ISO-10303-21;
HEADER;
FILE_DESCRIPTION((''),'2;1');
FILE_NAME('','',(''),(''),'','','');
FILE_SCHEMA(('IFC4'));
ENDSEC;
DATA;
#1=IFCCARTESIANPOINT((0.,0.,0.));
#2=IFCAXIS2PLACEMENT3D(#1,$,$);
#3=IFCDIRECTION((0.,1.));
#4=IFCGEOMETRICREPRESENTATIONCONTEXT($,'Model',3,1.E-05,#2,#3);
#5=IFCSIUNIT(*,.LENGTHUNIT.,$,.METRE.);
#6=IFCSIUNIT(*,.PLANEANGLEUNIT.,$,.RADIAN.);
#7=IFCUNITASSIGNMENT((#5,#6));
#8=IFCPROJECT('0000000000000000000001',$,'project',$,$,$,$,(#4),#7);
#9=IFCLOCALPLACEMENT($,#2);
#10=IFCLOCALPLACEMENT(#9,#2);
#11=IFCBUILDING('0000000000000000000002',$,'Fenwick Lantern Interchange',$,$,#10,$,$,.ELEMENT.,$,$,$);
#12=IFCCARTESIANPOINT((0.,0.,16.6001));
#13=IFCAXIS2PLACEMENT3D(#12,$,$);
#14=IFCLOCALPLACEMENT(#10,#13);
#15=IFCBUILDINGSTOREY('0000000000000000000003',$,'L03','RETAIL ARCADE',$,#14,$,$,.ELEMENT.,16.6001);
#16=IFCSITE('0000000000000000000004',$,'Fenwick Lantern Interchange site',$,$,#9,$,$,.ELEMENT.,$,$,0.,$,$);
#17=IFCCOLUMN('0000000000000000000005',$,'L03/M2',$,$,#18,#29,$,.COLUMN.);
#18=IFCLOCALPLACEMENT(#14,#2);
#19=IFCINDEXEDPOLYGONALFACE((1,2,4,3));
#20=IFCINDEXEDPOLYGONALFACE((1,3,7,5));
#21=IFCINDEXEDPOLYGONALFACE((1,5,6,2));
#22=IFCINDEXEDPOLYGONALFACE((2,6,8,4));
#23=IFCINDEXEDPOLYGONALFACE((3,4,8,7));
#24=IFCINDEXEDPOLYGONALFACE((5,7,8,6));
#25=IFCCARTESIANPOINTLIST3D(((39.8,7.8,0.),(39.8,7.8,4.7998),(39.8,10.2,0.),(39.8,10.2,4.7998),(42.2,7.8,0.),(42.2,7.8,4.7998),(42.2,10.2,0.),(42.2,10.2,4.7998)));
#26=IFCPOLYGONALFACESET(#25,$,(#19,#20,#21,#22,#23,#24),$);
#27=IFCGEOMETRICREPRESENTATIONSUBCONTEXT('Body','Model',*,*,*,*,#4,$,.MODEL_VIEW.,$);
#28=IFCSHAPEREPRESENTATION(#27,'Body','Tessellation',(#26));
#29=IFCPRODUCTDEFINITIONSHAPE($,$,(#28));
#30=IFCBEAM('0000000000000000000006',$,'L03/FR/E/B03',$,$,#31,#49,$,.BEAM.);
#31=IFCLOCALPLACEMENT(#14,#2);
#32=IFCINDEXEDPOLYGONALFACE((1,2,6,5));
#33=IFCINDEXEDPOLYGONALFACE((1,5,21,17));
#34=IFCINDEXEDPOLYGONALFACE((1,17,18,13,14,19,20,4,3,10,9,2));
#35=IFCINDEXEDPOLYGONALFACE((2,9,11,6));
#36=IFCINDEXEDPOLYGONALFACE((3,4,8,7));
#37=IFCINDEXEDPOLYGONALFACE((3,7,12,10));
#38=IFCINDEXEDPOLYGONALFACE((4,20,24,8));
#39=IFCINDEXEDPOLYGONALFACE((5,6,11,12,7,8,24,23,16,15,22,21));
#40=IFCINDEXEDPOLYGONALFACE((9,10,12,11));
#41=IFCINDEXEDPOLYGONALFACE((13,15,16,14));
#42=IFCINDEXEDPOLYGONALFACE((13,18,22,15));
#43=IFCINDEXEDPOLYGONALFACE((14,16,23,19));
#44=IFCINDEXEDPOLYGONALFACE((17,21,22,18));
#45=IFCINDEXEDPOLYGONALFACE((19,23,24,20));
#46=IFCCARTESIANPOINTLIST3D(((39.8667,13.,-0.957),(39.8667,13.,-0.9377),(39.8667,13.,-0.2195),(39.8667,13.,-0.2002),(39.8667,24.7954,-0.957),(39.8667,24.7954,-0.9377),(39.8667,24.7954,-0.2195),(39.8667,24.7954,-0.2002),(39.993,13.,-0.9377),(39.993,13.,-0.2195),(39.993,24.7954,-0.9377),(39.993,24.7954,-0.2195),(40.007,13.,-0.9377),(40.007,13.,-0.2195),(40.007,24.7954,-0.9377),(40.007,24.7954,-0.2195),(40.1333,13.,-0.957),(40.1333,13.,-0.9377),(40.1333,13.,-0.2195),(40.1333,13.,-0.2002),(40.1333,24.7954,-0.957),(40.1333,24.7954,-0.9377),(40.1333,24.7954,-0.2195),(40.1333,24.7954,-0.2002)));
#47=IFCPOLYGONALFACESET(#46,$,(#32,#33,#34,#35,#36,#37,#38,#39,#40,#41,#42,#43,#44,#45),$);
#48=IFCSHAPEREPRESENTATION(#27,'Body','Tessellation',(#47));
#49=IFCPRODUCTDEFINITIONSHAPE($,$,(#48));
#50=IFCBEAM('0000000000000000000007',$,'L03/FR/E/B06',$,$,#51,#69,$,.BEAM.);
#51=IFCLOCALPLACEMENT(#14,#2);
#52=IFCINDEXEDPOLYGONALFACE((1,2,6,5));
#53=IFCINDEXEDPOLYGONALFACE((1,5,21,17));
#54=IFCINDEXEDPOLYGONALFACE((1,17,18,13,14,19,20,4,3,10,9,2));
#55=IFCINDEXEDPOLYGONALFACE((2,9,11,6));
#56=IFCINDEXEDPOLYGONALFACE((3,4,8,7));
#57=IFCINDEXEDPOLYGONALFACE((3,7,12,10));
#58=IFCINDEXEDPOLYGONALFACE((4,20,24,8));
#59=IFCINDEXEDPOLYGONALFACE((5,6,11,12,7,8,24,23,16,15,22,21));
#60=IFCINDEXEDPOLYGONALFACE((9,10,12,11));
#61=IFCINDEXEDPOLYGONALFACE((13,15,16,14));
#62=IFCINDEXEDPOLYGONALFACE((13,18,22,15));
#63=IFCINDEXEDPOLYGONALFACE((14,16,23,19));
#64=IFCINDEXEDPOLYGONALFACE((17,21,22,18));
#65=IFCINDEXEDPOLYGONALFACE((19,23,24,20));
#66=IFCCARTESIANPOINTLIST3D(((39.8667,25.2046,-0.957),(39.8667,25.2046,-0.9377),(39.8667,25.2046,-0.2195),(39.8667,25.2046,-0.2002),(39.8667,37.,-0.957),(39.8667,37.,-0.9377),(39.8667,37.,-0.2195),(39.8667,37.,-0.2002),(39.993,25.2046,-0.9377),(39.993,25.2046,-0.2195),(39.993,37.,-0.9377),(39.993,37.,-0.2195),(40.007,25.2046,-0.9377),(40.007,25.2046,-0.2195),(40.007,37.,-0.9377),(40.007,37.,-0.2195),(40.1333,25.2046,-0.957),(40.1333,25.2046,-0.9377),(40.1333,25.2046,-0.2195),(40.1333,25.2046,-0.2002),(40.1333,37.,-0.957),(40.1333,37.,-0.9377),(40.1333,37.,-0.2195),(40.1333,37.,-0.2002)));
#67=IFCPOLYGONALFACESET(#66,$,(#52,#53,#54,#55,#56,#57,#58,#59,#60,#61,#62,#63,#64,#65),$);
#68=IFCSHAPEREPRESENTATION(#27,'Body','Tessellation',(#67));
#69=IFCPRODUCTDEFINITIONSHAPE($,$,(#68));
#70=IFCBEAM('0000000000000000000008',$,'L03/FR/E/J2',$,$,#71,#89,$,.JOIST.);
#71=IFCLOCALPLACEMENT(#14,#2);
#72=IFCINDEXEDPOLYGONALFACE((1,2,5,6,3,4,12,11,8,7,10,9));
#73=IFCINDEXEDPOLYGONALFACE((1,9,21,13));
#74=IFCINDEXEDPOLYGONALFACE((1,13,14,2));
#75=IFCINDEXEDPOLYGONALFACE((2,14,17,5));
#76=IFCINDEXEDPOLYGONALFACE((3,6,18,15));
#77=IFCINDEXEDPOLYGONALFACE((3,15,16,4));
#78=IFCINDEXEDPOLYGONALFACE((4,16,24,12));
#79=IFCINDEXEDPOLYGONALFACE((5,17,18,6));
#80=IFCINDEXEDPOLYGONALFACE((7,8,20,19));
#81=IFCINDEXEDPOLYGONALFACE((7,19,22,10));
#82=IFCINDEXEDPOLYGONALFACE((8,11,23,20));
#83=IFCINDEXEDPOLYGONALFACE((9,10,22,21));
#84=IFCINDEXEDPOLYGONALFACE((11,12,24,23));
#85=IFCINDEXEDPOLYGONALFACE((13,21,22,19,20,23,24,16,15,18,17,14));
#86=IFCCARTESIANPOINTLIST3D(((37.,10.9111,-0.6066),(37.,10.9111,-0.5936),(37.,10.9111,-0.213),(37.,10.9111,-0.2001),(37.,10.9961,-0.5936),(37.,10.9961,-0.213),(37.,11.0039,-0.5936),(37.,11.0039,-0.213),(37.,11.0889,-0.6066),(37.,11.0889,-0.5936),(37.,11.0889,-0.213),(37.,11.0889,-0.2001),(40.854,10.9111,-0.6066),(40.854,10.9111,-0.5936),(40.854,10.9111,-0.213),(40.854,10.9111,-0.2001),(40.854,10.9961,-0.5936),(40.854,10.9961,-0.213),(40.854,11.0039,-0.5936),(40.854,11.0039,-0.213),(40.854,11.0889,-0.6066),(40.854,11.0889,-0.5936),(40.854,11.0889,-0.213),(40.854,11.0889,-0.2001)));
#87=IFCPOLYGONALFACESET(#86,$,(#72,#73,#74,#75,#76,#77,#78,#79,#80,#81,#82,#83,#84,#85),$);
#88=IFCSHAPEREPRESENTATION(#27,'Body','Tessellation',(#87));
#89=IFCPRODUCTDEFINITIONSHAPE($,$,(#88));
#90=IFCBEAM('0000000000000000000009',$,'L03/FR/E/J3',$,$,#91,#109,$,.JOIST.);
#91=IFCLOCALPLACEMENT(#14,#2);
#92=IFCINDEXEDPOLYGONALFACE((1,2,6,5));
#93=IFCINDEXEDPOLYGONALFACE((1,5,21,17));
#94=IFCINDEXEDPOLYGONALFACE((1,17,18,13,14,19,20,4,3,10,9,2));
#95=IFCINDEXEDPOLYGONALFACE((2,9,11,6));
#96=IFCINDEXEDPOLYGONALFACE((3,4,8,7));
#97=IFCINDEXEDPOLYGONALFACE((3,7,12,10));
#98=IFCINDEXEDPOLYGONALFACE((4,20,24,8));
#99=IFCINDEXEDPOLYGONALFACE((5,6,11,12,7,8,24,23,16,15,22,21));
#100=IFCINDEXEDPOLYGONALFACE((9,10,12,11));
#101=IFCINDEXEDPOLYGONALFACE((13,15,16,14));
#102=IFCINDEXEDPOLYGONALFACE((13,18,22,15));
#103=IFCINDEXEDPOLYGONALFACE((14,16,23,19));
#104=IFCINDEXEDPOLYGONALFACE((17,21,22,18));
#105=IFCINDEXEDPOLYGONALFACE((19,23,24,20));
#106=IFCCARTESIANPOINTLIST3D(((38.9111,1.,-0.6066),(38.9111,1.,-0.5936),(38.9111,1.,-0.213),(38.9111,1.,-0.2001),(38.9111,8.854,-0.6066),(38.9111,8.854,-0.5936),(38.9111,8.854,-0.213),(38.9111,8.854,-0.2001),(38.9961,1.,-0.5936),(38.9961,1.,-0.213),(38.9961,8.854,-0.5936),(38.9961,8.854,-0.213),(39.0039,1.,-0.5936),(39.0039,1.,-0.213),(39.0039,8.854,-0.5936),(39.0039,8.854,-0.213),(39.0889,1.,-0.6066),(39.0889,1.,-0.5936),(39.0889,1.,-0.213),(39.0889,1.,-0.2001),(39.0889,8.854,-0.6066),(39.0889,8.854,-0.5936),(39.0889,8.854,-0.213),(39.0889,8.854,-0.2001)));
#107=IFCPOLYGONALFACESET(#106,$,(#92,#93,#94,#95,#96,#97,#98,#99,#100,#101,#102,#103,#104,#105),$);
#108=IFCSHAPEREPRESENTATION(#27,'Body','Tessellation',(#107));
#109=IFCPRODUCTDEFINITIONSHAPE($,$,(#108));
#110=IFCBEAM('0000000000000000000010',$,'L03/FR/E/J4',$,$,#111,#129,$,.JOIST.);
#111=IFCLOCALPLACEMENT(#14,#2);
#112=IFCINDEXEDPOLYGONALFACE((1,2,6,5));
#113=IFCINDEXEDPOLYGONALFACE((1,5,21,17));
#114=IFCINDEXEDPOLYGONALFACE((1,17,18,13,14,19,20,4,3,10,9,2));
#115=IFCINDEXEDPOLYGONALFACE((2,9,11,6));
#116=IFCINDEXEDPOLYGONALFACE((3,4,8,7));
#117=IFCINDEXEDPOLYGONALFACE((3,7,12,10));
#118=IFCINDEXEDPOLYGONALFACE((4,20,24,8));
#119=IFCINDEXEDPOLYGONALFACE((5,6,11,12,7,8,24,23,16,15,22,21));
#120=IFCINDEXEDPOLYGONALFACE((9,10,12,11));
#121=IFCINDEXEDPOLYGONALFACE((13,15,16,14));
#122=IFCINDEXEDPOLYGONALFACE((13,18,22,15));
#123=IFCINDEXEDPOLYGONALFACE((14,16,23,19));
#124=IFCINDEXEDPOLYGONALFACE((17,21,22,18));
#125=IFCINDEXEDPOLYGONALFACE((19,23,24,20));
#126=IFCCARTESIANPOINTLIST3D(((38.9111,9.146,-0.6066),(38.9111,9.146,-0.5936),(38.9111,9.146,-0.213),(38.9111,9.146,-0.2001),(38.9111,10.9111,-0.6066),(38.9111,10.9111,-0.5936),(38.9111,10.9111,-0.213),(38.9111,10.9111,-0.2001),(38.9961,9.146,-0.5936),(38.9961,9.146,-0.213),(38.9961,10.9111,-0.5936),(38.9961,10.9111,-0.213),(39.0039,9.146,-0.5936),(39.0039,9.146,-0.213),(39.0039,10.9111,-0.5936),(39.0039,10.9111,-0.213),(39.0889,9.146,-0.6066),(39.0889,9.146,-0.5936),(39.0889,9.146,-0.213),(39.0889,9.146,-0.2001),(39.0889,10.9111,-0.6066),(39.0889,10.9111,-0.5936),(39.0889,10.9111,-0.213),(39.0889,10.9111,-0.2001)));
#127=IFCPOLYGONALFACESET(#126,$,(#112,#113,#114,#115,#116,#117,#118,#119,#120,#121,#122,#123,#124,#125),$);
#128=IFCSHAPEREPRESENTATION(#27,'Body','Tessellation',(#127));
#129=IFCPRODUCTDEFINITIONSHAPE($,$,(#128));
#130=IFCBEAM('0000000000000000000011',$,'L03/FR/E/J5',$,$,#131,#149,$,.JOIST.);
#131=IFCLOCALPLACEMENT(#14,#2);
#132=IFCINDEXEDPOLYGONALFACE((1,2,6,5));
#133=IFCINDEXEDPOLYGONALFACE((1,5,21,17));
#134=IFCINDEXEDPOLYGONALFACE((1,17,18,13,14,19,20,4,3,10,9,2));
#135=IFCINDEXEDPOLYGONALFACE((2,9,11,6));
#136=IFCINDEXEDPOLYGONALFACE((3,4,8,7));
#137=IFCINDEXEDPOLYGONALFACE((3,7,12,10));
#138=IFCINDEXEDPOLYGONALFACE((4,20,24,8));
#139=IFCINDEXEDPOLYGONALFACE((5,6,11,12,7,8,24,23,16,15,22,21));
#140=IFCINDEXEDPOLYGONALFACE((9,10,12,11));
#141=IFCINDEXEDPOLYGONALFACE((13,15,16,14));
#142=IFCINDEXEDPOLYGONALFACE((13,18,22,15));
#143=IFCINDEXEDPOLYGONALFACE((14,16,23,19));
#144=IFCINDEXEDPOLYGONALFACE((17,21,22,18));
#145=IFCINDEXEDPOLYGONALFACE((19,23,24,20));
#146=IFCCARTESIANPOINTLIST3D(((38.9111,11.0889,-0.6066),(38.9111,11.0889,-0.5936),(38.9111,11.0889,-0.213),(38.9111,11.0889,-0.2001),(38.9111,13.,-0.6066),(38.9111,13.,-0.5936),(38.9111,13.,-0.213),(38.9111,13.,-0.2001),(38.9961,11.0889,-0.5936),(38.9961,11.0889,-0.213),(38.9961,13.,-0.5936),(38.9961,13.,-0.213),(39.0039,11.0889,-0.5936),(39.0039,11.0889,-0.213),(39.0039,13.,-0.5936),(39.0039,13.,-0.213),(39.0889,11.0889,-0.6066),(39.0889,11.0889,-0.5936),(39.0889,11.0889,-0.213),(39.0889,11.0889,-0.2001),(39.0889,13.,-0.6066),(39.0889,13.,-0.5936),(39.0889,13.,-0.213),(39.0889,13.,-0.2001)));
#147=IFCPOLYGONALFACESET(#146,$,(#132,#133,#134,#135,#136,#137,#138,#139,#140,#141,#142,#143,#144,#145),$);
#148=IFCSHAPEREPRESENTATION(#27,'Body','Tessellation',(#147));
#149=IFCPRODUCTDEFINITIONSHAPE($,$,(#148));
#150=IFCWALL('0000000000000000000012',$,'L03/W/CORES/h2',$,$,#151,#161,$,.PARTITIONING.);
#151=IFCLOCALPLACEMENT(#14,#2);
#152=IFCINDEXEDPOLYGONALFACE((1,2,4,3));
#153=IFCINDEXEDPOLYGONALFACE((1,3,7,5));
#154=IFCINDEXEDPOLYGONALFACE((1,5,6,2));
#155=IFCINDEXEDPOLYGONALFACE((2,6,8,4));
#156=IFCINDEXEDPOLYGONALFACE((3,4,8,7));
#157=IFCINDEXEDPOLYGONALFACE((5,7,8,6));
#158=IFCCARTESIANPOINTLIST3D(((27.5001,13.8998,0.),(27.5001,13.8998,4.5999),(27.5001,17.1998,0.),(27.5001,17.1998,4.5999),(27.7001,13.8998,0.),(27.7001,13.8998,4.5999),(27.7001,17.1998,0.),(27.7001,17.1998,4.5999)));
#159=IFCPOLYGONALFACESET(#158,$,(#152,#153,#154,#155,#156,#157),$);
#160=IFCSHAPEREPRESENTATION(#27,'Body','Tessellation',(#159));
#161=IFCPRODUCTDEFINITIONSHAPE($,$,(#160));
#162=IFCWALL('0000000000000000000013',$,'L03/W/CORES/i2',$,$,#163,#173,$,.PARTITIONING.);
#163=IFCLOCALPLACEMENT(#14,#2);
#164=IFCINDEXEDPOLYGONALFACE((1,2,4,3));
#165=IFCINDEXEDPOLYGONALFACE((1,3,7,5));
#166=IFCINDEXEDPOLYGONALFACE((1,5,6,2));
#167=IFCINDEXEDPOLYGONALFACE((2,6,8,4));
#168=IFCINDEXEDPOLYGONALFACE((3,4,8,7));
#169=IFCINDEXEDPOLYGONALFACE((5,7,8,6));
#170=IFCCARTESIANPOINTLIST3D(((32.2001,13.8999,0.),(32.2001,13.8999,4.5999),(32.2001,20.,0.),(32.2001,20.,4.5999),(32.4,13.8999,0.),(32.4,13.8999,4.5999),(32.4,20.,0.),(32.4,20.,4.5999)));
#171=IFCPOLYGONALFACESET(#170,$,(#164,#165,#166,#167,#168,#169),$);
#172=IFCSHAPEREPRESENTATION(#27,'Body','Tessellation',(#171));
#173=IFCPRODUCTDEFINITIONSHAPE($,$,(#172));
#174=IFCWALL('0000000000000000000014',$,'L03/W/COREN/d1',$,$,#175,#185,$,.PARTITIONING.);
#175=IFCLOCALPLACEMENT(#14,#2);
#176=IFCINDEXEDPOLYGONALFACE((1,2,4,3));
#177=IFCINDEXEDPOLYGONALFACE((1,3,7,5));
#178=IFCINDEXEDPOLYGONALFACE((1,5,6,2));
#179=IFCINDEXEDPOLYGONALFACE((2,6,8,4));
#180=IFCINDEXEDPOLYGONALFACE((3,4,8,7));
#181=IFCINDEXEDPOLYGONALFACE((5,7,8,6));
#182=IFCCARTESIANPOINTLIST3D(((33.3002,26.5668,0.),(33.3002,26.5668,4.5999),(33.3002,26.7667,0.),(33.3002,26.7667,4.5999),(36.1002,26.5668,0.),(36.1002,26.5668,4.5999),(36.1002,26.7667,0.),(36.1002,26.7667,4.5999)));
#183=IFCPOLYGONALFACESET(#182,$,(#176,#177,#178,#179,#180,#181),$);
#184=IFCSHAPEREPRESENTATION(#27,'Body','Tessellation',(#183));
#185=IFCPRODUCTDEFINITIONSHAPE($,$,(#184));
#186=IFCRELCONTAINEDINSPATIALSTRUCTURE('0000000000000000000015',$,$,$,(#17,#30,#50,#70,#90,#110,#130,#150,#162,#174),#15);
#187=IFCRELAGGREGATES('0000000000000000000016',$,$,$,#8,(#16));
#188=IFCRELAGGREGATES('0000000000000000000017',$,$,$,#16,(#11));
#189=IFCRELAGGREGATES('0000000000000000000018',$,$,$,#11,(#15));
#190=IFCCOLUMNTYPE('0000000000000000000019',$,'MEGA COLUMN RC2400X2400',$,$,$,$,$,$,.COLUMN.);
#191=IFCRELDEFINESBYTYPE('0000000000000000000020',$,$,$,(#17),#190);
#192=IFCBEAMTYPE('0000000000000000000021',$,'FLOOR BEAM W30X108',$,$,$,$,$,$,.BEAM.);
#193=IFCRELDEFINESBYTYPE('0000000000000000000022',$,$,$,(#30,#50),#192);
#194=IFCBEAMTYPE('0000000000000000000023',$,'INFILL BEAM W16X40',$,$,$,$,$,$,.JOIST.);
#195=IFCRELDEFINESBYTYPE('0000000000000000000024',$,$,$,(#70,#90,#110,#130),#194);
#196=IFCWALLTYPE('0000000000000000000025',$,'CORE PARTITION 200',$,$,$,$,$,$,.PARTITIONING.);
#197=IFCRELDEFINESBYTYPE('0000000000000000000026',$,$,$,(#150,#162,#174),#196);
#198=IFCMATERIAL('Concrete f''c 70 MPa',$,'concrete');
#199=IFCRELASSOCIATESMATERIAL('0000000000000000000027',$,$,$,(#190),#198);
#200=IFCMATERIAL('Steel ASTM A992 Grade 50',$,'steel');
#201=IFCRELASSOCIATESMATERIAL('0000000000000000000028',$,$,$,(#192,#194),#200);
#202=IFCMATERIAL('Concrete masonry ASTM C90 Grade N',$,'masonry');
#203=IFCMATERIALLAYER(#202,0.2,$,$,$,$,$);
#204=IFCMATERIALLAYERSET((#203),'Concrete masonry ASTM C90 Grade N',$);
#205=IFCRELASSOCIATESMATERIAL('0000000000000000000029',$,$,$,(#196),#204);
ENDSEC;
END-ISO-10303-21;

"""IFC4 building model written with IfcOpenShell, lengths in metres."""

from ifc_helpers import new_model, si_unit, direction, frame, frame_2d, origin, origin_2d, place, context, subcontext, project, spatial, rectangle, i_section, extrude, material, layer, layer_set, material_profile, profile_set, type_object, element, save


model = new_model("IFC4")

# Units and contexts
model_context = context("Model", 3, precision=1e-05, world=origin(), true_north=direction((0.0, 1.0)))
body_context = subcontext(model_context, "Body", "Model", "MODEL_VIEW")
ifc_project = project(units=[si_unit("LENGTHUNIT", "METRE"), si_unit("PLANEANGLEUNIT", "RADIAN")], contexts=[model_context])

# Site, building, storey
site_placement = place(None, origin())
site = spatial("IfcSite", under=ifc_project, at=site_placement, Name="Fenwick Lantern Interchange site", CompositionType="ELEMENT", RefElevation=0.0)
building_placement = place(site_placement, origin())
building = spatial("IfcBuilding", under=site, at=building_placement, Name="Fenwick Lantern Interchange", CompositionType="ELEMENT")
storey_placement = place(building_placement, frame((0.0, 0.0, 16.6001)))
storey = spatial("IfcBuildingStorey", under=building, at=storey_placement, Name="L03", Description="RETAIL ARCADE", CompositionType="ELEMENT", Elevation=16.6001)

# Column
ifc_material_1 = material(Name="Concrete f'c 70 MPa", Category="concrete")
ifc_material_profile_1 = material_profile(ifc_material_1, rectangle(XDim=2.3999, YDim=2.3999, at=origin_2d()), Name="RC2400X2400")
ifc_profile_set_1 = profile_set([ifc_material_profile_1], Name="Concrete f'c 70 MPa")
column_type = type_object("IfcColumnType", Name="MEGA COLUMN RC2400X2400", PredefinedType="COLUMN", material=ifc_profile_set_1)
column_placement = place(storey_placement, frame((41.0, 9.0, 0.0), z_axis=(0.0, 0.0, 1.0), x_axis=(1.0, 0.0, 0.0)))
element("IfcColumn", 1, at=column_placement, inside=storey, type_object=column_type, Name="L03/M2", PredefinedType="COLUMN", context=body_context, shape_type="SweptSolid", body=[
    extrude(rectangle(XDim=2.3999, YDim=2.3999, at=origin_2d()), origin(), (0.0, 0.0, 1.0), 4.7998),
])

# Beams
ifc_material_2 = material(Name="Steel ASTM A992 Grade 50", Category="steel")
ifc_material_profile_2 = material_profile(ifc_material_2, i_section(OverallWidth=0.2666, OverallDepth=0.7568, WebThickness=0.0139, FlangeThickness=0.0193, at=origin_2d()), Name="W30X108")
ifc_profile_set_2 = profile_set([ifc_material_profile_2], Name="Steel ASTM A992 Grade 50")
beam_type_1 = type_object("IfcBeamType", Name="FLOOR BEAM W30X108", PredefinedType="BEAM", material=ifc_profile_set_2)
for number, where, z_axis, x_axis, name in (
    (2, (40.0, 13.0, -0.5786), (0.0, 1.0, 0.0), (-1.0, 0.0, 0.0), "L03/FR/E/B03"),
    (3, (40.0, 25.2046, -0.5786), (0.0, 1.0, 0.0), (-1.0, 0.0, 0.0), "L03/FR/E/B06"),
):
    element("IfcBeam", number, at=place(storey_placement, frame(where, z_axis=z_axis, x_axis=x_axis)), inside=storey, type_object=beam_type_1, Name=name, PredefinedType="BEAM", context=body_context, shape_type="SweptSolid", body=[
        extrude(i_section(OverallWidth=0.2666, OverallDepth=0.7568, WebThickness=0.0139, FlangeThickness=0.0193, at=origin_2d()), origin(), (0.0, 0.0, 1.0), 11.7954),
    ])
ifc_material_profile_3 = material_profile(ifc_material_2, i_section(OverallWidth=0.1777, OverallDepth=0.4065, WebThickness=0.0078, FlangeThickness=0.0129, at=origin_2d()), Name="W16X40")
ifc_profile_set_3 = profile_set([ifc_material_profile_3], Name="Steel ASTM A992 Grade 50")
beam_type_2 = type_object("IfcBeamType", Name="INFILL BEAM W16X40", PredefinedType="JOIST", material=ifc_profile_set_3)
beam_1_placement = place(storey_placement, frame((40.854, 11.0, -0.4033), z_axis=(-1.0, 0.0, 0.0), x_axis=(0.0, -1.0, 0.0)))
element("IfcBeam", 4, at=beam_1_placement, inside=storey, type_object=beam_type_2, Name="L03/FR/E/J2", PredefinedType="JOIST", context=body_context, shape_type="SweptSolid", body=[
    extrude(i_section(OverallWidth=0.1777, OverallDepth=0.4065, WebThickness=0.0078, FlangeThickness=0.0129, at=origin_2d()), origin(), (0.0, 0.0, 1.0), 3.854),
])
beam_2_placement = place(storey_placement, frame((39.0, 1.0, -0.4033), z_axis=(0.0, 1.0, 0.0), x_axis=(-1.0, 0.0, 0.0)))
element("IfcBeam", 5, at=beam_2_placement, inside=storey, type_object=beam_type_2, Name="L03/FR/E/J3", PredefinedType="JOIST", context=body_context, shape_type="SweptSolid", body=[
    extrude(i_section(OverallWidth=0.1777, OverallDepth=0.4065, WebThickness=0.0078, FlangeThickness=0.0129, at=origin_2d()), origin(), (0.0, 0.0, 1.0), 7.854),
])
beam_3_placement = place(storey_placement, frame((39.0, 9.146, -0.4033), z_axis=(0.0, 1.0, 0.0), x_axis=(-1.0, 0.0, 0.0)))
element("IfcBeam", 6, at=beam_3_placement, inside=storey, type_object=beam_type_2, Name="L03/FR/E/J4", PredefinedType="JOIST", context=body_context, shape_type="SweptSolid", body=[
    extrude(i_section(OverallWidth=0.1777, OverallDepth=0.4065, WebThickness=0.0078, FlangeThickness=0.0129, at=origin_2d()), origin(), (0.0, 0.0, 1.0), 1.7651),
])
beam_4_placement = place(storey_placement, frame((39.0, 11.0889, -0.4033), z_axis=(0.0, 1.0, 0.0), x_axis=(-1.0, 0.0, 0.0)))
element("IfcBeam", 7, at=beam_4_placement, inside=storey, type_object=beam_type_2, Name="L03/FR/E/J5", PredefinedType="JOIST", context=body_context, shape_type="SweptSolid", body=[
    extrude(i_section(OverallWidth=0.1777, OverallDepth=0.4065, WebThickness=0.0078, FlangeThickness=0.0129, at=origin_2d()), origin(), (0.0, 0.0, 1.0), 1.9111),
])

# Walls
ifc_material_3 = material(Name="Concrete masonry ASTM C90 Grade N", Category="masonry")
ifc_layer_1 = layer(ifc_material_3, 0.2)
ifc_layer_set_1 = layer_set([ifc_layer_1], Name="Concrete masonry ASTM C90 Grade N")
wall_type_1 = type_object("IfcWallType", Name="CORE PARTITION 200", PredefinedType="PARTITIONING", material=ifc_layer_set_1)
wall_1_placement = place(storey_placement, frame((27.6001, 13.8999, 0.0), z_axis=(0.0, 0.0, 1.0), x_axis=(0.0, 1.0, 0.0)))
element("IfcWall", 8, at=wall_1_placement, inside=storey, type_object=wall_type_1, Name="L03/W/CORES/h2", PredefinedType="PARTITIONING", context=body_context, shape_type="SweptSolid", body=[
    extrude(rectangle(XDim=3.3, YDim=0.2, at=frame_2d((1.6499, 0.0))), origin(), (0.0, 0.0, 1.0), 4.5999),
])
wall_2_placement = place(storey_placement, frame((32.3, 13.8999, 0.0), z_axis=(0.0, 0.0, 1.0), x_axis=(0.0, 1.0, 0.0)))
element("IfcWall", 9, at=wall_2_placement, inside=storey, type_object=wall_type_1, Name="L03/W/CORES/i2", PredefinedType="PARTITIONING", context=body_context, shape_type="SweptSolid", body=[
    extrude(rectangle(XDim=6.1001, YDim=0.2, at=frame_2d((3.05, 0.0))), origin(), (0.0, 0.0, 1.0), 4.5999),
])
for number, where, z_axis, x_axis, name in (
    (10, (36.1001, 26.6667, 0.0), (0.0, 0.0, 1.0), (-1.0, 0.0, 0.0), "L03/W/COREN/d1"),
):
    element("IfcWall", number, at=place(storey_placement, frame(where, z_axis=z_axis, x_axis=x_axis)), inside=storey, type_object=wall_type_1, Name=name, PredefinedType="PARTITIONING", context=body_context, shape_type="SweptSolid", body=[
        extrude(rectangle(XDim=2.8, YDim=0.2, at=frame_2d((1.3999, 0.0))), origin(), (0.0, 0.0, 1.0), 4.5999),
    ])

save(model, "model.ifc")
